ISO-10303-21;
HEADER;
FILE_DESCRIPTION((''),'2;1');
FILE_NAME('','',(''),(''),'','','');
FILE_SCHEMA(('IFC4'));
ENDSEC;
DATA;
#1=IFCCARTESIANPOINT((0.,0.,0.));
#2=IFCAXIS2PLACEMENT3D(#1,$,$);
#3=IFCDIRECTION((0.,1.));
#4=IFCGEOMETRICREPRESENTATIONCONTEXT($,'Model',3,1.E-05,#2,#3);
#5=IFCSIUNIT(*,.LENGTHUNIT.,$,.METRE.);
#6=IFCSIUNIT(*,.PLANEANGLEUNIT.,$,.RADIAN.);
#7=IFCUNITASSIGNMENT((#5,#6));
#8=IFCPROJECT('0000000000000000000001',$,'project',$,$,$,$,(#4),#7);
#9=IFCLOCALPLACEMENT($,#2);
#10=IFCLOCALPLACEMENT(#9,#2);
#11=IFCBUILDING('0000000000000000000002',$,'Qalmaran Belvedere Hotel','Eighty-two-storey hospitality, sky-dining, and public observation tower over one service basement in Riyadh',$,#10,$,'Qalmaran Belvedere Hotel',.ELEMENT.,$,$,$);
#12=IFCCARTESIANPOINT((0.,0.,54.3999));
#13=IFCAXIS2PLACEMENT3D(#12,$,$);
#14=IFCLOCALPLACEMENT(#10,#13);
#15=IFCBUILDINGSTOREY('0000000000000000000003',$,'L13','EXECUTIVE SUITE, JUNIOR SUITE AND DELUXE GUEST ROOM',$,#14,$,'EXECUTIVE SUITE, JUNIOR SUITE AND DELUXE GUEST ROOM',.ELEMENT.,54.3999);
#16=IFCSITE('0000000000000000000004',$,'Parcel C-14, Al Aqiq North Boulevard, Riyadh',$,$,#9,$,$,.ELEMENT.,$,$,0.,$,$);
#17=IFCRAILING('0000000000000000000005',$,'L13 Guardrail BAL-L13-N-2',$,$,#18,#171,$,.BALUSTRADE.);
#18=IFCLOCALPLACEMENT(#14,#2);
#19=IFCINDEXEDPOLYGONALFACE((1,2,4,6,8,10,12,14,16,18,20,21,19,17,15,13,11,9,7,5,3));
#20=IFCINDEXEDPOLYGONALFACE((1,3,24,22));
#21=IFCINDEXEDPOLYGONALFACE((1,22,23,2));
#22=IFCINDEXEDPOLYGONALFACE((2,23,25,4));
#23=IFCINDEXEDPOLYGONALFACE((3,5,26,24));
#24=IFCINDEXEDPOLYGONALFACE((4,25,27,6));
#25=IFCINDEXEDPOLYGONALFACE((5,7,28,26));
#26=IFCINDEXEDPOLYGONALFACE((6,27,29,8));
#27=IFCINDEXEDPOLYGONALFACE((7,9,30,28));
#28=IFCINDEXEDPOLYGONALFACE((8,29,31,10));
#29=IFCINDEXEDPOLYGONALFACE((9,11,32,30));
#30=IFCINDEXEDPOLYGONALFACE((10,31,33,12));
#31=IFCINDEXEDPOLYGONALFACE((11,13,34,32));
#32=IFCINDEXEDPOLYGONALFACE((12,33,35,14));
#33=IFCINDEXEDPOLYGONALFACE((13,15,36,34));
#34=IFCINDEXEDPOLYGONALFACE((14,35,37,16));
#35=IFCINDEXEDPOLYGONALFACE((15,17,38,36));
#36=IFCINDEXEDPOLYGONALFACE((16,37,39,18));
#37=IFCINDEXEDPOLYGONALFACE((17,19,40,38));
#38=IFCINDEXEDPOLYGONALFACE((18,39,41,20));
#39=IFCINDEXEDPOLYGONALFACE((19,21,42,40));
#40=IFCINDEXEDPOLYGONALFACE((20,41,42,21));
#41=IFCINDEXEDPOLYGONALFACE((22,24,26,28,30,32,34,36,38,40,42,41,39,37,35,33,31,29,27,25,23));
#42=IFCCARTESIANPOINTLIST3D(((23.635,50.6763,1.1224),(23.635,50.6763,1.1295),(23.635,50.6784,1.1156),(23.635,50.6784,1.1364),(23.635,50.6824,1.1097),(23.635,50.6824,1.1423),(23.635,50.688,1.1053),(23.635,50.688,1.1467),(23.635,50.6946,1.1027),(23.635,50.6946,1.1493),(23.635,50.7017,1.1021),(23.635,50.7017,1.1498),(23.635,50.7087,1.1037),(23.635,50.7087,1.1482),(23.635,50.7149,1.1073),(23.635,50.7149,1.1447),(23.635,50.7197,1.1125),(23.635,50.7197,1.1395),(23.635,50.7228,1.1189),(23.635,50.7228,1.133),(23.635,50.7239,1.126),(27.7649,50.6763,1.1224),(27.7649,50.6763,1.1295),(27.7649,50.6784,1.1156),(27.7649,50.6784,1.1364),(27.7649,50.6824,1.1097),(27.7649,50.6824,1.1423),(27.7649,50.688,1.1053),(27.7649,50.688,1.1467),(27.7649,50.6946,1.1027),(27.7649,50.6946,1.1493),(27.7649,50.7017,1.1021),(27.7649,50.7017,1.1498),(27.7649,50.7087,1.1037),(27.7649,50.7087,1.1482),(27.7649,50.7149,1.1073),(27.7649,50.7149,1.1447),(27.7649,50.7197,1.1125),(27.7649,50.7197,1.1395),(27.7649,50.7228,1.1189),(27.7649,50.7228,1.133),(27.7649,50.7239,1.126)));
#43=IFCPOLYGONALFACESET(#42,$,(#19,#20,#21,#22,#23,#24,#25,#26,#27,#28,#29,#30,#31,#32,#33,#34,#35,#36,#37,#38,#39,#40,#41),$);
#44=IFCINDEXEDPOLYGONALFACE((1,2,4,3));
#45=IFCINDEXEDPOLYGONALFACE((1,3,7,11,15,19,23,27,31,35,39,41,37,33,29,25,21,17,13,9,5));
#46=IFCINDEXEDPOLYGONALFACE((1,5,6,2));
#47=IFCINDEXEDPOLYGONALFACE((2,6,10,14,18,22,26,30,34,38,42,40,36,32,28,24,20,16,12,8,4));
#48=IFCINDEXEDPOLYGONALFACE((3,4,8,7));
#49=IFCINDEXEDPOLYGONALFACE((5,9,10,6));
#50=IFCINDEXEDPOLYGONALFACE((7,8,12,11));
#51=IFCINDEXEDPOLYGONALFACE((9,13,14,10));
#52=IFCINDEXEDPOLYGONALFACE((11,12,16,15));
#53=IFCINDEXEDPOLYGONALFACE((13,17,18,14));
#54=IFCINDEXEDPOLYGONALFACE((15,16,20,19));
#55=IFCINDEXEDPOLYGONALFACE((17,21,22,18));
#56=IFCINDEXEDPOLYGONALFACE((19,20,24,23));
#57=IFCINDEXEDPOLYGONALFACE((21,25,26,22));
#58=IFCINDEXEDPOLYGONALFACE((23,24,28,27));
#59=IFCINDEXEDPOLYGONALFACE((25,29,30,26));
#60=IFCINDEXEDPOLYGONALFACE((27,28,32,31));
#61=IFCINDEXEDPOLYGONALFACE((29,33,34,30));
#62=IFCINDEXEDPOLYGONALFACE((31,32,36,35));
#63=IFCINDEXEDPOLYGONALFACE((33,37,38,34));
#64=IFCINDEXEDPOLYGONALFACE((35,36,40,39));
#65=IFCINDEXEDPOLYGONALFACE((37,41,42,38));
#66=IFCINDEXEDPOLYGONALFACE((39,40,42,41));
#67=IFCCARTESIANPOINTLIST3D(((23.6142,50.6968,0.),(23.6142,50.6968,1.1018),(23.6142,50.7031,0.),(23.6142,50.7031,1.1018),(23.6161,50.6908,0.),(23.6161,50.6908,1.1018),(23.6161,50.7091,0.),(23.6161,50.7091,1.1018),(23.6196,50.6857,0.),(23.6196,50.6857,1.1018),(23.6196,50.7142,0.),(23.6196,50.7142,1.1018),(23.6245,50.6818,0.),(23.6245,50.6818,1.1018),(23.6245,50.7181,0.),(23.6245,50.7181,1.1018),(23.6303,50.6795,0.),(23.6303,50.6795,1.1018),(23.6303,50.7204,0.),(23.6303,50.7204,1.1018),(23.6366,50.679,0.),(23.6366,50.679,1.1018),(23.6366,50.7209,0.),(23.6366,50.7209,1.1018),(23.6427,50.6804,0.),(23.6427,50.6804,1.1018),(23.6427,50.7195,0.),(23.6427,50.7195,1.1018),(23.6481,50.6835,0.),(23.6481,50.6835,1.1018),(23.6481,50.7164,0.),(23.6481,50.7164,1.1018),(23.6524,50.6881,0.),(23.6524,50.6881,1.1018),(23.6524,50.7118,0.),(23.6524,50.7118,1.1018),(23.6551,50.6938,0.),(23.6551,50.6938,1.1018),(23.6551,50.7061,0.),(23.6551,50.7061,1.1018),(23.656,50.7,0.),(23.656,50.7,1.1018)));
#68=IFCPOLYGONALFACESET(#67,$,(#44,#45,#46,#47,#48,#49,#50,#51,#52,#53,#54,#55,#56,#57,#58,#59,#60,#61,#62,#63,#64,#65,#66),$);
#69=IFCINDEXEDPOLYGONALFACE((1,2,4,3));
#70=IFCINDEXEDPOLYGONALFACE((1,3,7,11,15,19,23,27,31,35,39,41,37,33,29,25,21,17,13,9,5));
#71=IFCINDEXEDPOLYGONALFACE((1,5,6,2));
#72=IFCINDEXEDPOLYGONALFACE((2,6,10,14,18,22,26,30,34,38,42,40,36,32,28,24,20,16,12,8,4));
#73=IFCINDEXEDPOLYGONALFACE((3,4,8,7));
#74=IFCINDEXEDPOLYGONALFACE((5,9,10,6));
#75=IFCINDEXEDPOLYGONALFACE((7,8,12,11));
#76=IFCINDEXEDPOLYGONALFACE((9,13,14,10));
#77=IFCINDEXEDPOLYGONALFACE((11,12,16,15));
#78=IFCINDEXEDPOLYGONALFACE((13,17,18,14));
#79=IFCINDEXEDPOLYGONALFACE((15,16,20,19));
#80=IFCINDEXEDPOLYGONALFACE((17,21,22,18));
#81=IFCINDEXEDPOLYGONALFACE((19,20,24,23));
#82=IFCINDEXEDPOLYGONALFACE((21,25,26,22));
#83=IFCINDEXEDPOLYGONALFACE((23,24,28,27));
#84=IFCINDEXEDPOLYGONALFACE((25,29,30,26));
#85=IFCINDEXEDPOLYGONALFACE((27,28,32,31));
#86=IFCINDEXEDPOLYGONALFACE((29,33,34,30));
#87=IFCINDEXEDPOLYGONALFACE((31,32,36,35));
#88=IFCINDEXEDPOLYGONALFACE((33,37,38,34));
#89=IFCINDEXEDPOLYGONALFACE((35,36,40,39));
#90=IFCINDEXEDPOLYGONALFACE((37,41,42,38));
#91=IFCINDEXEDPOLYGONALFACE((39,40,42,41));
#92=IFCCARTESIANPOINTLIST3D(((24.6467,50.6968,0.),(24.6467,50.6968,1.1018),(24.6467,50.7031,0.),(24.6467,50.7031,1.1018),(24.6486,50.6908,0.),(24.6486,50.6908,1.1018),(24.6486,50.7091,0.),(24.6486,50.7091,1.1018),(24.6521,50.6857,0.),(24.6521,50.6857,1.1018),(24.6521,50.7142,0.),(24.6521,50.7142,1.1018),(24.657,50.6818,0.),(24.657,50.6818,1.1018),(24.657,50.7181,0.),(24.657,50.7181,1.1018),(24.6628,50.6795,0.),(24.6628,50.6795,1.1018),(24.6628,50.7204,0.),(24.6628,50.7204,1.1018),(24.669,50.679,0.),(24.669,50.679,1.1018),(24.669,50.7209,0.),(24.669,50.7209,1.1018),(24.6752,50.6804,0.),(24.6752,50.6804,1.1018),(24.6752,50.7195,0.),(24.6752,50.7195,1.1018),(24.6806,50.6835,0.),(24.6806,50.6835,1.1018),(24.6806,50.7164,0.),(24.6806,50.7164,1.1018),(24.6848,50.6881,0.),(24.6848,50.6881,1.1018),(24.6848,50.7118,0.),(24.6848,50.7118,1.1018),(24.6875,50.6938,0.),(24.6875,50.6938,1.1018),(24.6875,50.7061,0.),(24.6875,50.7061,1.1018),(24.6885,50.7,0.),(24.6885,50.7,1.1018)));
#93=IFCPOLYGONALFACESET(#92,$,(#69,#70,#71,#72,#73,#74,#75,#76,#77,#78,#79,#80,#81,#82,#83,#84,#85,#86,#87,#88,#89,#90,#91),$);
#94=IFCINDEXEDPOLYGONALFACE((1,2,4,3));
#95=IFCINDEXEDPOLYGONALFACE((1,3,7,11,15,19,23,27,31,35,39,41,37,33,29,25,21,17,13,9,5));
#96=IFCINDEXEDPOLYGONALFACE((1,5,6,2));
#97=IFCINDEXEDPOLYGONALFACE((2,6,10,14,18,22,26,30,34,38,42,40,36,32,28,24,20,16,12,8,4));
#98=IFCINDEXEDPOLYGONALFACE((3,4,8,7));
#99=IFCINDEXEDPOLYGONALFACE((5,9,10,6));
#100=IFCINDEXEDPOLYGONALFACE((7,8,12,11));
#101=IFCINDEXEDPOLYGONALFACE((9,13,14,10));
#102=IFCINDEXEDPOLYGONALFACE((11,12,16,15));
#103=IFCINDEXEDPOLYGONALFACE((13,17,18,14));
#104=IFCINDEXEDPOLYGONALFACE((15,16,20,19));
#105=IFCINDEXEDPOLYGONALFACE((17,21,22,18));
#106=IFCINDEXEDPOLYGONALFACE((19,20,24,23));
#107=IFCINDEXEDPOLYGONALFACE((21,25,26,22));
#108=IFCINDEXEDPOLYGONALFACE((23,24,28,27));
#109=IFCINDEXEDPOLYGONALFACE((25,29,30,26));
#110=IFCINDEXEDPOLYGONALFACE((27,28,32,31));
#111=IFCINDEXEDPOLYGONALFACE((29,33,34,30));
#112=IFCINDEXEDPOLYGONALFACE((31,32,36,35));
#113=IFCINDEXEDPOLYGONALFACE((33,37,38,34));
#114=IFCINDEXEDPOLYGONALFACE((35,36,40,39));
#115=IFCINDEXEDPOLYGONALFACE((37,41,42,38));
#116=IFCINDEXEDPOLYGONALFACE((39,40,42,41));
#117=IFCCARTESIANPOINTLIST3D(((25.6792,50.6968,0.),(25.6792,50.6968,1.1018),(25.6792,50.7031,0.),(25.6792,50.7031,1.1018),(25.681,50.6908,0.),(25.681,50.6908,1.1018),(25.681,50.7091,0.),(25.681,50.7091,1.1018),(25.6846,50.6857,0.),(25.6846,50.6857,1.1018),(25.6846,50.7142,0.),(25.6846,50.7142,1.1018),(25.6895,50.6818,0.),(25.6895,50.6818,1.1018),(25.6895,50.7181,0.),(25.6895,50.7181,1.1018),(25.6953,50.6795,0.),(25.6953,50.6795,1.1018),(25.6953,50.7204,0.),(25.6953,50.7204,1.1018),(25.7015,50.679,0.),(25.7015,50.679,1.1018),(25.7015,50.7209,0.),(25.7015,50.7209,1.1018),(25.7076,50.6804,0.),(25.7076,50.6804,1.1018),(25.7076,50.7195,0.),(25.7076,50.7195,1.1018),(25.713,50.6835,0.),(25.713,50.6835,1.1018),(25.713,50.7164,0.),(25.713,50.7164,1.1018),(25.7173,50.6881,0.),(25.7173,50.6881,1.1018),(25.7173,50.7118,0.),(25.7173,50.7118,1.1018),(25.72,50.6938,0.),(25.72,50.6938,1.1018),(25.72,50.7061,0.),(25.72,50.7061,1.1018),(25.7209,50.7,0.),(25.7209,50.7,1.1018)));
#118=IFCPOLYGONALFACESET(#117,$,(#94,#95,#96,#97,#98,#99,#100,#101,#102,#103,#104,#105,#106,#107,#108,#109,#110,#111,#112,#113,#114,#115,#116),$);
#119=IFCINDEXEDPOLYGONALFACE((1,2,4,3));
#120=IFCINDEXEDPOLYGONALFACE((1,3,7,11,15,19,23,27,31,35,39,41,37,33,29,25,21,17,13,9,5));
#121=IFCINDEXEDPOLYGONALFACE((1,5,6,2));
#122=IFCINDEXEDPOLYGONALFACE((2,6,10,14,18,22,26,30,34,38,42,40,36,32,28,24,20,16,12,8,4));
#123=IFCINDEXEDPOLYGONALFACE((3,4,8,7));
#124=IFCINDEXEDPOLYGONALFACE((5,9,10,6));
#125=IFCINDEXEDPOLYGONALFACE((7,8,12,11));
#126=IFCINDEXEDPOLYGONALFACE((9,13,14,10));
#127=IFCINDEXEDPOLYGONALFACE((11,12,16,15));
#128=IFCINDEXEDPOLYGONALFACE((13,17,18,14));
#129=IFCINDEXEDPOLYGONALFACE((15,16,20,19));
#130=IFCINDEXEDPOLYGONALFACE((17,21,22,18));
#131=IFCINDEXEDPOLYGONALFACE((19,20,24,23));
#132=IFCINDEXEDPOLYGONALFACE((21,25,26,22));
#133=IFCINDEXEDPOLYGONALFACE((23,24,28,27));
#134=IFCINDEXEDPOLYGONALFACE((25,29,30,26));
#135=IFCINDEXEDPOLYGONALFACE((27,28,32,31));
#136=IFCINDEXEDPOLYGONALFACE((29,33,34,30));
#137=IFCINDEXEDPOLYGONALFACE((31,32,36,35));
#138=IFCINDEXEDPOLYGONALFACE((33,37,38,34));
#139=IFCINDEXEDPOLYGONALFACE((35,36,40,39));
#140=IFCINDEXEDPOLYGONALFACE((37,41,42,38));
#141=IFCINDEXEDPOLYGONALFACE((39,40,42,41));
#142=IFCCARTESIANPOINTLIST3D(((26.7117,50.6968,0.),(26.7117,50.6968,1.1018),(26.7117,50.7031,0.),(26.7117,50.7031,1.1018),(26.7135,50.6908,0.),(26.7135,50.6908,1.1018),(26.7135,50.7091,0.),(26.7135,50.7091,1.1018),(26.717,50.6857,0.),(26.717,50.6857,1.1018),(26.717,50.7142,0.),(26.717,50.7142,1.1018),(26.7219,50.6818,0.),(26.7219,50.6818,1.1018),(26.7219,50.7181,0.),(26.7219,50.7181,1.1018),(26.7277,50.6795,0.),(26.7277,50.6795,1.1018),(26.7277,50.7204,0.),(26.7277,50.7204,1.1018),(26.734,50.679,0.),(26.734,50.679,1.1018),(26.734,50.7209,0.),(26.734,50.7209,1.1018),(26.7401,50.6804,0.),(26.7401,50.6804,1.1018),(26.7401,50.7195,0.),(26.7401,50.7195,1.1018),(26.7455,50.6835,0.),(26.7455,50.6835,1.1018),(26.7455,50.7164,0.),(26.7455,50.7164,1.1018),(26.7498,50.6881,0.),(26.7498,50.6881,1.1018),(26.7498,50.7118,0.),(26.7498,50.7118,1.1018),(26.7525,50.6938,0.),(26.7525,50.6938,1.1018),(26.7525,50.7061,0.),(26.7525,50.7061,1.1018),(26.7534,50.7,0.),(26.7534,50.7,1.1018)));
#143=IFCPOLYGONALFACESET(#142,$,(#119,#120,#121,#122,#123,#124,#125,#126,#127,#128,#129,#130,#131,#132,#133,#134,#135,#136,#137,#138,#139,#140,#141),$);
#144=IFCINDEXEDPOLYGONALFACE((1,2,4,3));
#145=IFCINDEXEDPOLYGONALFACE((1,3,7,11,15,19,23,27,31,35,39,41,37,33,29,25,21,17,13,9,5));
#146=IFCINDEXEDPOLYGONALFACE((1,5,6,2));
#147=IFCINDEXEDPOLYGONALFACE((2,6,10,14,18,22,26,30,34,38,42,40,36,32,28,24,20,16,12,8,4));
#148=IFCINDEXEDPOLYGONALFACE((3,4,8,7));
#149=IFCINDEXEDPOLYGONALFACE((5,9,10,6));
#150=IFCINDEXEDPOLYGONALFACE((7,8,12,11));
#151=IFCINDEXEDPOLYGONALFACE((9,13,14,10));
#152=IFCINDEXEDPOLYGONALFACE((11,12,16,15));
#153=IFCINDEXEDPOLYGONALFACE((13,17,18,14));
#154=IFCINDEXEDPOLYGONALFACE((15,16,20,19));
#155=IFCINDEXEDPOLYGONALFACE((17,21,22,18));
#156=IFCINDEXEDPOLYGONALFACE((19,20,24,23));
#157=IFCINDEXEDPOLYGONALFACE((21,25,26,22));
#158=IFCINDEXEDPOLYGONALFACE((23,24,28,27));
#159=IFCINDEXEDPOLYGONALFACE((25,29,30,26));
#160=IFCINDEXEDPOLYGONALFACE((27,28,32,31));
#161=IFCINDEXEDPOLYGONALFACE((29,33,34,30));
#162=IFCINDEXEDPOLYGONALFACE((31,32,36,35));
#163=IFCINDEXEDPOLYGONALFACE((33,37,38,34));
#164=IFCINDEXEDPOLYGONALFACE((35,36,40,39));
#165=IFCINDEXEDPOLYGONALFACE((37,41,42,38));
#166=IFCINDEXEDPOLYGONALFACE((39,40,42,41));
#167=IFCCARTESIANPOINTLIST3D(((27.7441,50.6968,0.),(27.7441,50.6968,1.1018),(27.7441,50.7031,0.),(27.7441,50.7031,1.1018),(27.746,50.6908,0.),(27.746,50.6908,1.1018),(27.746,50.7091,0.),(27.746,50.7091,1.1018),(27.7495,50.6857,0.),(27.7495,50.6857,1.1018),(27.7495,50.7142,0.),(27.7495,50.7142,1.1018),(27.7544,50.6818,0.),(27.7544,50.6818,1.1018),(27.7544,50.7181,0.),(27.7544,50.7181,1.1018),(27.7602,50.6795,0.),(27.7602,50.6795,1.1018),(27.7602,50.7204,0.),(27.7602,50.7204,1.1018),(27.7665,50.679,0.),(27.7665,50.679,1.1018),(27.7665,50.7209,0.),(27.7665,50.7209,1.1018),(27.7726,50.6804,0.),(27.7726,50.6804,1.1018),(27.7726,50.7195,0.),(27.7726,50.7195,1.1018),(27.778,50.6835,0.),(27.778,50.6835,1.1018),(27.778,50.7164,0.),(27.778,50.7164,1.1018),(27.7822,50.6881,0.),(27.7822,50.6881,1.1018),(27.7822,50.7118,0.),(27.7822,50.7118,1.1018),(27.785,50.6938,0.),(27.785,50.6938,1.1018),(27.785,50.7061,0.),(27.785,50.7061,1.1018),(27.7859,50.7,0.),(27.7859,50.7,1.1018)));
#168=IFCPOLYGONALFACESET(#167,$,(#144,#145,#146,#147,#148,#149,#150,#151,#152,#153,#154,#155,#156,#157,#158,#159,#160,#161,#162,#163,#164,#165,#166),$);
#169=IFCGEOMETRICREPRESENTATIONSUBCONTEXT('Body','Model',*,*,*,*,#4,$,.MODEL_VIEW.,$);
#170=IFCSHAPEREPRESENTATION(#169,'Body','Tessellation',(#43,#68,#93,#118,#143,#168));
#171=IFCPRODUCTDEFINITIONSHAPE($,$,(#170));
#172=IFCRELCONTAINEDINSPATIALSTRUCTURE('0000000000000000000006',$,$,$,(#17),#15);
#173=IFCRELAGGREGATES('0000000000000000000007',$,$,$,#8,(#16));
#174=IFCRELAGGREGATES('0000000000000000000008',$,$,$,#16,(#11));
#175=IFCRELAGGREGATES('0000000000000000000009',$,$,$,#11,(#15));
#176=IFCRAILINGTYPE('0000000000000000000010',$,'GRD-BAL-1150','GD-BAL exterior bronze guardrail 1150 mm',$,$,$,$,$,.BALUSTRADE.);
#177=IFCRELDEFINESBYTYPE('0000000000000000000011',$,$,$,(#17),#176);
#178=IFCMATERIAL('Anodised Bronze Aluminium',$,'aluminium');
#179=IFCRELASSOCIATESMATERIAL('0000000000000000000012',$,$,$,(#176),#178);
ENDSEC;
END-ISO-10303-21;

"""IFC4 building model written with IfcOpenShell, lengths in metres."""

from ifc_helpers import new_model, si_unit, direction, frame, origin, origin_2d, place, context, subcontext, project, spatial, circle, extrude, material, type_object, element, save


model = new_model("IFC4")

# Units and contexts
model_context = context("Model", 3, precision=1e-05, world=origin(), true_north=direction((0.0, 1.0)))
body_context = subcontext(model_context, "Body", "Model", "MODEL_VIEW")
ifc_project = project(units=[si_unit("LENGTHUNIT", "METRE"), si_unit("PLANEANGLEUNIT", "RADIAN")], contexts=[model_context])

# Site, building, storey
site_placement = place(None, origin())
site = spatial("IfcSite", under=ifc_project, at=site_placement, Name="Parcel C-14, Al Aqiq North Boulevard, Riyadh", CompositionType="ELEMENT", RefElevation=0.0)
building_placement = place(site_placement, origin())
building = spatial("IfcBuilding", under=site, at=building_placement, Name="Qalmaran Belvedere Hotel", Description="Eighty-two-storey hospitality, sky-dining, and public observation tower over one service basement in Riyadh", LongName="Qalmaran Belvedere Hotel", CompositionType="ELEMENT")
storey_placement = place(building_placement, frame((0.0, 0.0, 54.3999)))
storey = spatial("IfcBuildingStorey", under=building, at=storey_placement, Name="L13", Description="EXECUTIVE SUITE, JUNIOR SUITE AND DELUXE GUEST ROOM", LongName="EXECUTIVE SUITE, JUNIOR SUITE AND DELUXE GUEST ROOM", CompositionType="ELEMENT", Elevation=54.3999)

# Shared definitions
ifc_material_1 = material(Name="Anodised Bronze Aluminium", Category="aluminium")

# Railing
railing_type = type_object("IfcRailingType", Name="GRD-BAL-1150", Description="GD-BAL exterior bronze guardrail 1150 mm", PredefinedType="BALUSTRADE", material=ifc_material_1)
railing_1_placement = place(storey_placement, frame((23.635, 50.7, 0.0)))
element("IfcRailing", 1, at=railing_1_placement, inside=storey, type_object=railing_type, Name="L13 Guardrail BAL-L13-N-2", PredefinedType="BALUSTRADE", context=body_context, shape_type="SweptSolid", body=[
    extrude(circle(Radius=0.0239, at=origin_2d()), frame((0.0, 0.0, 1.126), z_axis=(1.0, 0.0, 0.0), x_axis=(0.0, 1.0, 0.0)), (0.0, 0.0, 1.0), 4.1299),
    extrude(circle(Radius=0.021, at=origin_2d()), origin(), (0.0, 0.0, 1.0), 1.1018),
    extrude(circle(Radius=0.021, at=origin_2d()), frame((1.0325, 0.0, 0.0)), (0.0, 0.0, 1.0), 1.1018),
    extrude(circle(Radius=0.021, at=origin_2d()), frame((2.0649, 0.0, 0.0)), (0.0, 0.0, 1.0), 1.1018),
    extrude(circle(Radius=0.021, at=origin_2d()), frame((3.0974, 0.0, 0.0)), (0.0, 0.0, 1.0), 1.1018),
    extrude(circle(Radius=0.021, at=origin_2d()), frame((4.1299, 0.0, 0.0)), (0.0, 0.0, 1.0), 1.1018),
])

save(model, "model.ifc")
